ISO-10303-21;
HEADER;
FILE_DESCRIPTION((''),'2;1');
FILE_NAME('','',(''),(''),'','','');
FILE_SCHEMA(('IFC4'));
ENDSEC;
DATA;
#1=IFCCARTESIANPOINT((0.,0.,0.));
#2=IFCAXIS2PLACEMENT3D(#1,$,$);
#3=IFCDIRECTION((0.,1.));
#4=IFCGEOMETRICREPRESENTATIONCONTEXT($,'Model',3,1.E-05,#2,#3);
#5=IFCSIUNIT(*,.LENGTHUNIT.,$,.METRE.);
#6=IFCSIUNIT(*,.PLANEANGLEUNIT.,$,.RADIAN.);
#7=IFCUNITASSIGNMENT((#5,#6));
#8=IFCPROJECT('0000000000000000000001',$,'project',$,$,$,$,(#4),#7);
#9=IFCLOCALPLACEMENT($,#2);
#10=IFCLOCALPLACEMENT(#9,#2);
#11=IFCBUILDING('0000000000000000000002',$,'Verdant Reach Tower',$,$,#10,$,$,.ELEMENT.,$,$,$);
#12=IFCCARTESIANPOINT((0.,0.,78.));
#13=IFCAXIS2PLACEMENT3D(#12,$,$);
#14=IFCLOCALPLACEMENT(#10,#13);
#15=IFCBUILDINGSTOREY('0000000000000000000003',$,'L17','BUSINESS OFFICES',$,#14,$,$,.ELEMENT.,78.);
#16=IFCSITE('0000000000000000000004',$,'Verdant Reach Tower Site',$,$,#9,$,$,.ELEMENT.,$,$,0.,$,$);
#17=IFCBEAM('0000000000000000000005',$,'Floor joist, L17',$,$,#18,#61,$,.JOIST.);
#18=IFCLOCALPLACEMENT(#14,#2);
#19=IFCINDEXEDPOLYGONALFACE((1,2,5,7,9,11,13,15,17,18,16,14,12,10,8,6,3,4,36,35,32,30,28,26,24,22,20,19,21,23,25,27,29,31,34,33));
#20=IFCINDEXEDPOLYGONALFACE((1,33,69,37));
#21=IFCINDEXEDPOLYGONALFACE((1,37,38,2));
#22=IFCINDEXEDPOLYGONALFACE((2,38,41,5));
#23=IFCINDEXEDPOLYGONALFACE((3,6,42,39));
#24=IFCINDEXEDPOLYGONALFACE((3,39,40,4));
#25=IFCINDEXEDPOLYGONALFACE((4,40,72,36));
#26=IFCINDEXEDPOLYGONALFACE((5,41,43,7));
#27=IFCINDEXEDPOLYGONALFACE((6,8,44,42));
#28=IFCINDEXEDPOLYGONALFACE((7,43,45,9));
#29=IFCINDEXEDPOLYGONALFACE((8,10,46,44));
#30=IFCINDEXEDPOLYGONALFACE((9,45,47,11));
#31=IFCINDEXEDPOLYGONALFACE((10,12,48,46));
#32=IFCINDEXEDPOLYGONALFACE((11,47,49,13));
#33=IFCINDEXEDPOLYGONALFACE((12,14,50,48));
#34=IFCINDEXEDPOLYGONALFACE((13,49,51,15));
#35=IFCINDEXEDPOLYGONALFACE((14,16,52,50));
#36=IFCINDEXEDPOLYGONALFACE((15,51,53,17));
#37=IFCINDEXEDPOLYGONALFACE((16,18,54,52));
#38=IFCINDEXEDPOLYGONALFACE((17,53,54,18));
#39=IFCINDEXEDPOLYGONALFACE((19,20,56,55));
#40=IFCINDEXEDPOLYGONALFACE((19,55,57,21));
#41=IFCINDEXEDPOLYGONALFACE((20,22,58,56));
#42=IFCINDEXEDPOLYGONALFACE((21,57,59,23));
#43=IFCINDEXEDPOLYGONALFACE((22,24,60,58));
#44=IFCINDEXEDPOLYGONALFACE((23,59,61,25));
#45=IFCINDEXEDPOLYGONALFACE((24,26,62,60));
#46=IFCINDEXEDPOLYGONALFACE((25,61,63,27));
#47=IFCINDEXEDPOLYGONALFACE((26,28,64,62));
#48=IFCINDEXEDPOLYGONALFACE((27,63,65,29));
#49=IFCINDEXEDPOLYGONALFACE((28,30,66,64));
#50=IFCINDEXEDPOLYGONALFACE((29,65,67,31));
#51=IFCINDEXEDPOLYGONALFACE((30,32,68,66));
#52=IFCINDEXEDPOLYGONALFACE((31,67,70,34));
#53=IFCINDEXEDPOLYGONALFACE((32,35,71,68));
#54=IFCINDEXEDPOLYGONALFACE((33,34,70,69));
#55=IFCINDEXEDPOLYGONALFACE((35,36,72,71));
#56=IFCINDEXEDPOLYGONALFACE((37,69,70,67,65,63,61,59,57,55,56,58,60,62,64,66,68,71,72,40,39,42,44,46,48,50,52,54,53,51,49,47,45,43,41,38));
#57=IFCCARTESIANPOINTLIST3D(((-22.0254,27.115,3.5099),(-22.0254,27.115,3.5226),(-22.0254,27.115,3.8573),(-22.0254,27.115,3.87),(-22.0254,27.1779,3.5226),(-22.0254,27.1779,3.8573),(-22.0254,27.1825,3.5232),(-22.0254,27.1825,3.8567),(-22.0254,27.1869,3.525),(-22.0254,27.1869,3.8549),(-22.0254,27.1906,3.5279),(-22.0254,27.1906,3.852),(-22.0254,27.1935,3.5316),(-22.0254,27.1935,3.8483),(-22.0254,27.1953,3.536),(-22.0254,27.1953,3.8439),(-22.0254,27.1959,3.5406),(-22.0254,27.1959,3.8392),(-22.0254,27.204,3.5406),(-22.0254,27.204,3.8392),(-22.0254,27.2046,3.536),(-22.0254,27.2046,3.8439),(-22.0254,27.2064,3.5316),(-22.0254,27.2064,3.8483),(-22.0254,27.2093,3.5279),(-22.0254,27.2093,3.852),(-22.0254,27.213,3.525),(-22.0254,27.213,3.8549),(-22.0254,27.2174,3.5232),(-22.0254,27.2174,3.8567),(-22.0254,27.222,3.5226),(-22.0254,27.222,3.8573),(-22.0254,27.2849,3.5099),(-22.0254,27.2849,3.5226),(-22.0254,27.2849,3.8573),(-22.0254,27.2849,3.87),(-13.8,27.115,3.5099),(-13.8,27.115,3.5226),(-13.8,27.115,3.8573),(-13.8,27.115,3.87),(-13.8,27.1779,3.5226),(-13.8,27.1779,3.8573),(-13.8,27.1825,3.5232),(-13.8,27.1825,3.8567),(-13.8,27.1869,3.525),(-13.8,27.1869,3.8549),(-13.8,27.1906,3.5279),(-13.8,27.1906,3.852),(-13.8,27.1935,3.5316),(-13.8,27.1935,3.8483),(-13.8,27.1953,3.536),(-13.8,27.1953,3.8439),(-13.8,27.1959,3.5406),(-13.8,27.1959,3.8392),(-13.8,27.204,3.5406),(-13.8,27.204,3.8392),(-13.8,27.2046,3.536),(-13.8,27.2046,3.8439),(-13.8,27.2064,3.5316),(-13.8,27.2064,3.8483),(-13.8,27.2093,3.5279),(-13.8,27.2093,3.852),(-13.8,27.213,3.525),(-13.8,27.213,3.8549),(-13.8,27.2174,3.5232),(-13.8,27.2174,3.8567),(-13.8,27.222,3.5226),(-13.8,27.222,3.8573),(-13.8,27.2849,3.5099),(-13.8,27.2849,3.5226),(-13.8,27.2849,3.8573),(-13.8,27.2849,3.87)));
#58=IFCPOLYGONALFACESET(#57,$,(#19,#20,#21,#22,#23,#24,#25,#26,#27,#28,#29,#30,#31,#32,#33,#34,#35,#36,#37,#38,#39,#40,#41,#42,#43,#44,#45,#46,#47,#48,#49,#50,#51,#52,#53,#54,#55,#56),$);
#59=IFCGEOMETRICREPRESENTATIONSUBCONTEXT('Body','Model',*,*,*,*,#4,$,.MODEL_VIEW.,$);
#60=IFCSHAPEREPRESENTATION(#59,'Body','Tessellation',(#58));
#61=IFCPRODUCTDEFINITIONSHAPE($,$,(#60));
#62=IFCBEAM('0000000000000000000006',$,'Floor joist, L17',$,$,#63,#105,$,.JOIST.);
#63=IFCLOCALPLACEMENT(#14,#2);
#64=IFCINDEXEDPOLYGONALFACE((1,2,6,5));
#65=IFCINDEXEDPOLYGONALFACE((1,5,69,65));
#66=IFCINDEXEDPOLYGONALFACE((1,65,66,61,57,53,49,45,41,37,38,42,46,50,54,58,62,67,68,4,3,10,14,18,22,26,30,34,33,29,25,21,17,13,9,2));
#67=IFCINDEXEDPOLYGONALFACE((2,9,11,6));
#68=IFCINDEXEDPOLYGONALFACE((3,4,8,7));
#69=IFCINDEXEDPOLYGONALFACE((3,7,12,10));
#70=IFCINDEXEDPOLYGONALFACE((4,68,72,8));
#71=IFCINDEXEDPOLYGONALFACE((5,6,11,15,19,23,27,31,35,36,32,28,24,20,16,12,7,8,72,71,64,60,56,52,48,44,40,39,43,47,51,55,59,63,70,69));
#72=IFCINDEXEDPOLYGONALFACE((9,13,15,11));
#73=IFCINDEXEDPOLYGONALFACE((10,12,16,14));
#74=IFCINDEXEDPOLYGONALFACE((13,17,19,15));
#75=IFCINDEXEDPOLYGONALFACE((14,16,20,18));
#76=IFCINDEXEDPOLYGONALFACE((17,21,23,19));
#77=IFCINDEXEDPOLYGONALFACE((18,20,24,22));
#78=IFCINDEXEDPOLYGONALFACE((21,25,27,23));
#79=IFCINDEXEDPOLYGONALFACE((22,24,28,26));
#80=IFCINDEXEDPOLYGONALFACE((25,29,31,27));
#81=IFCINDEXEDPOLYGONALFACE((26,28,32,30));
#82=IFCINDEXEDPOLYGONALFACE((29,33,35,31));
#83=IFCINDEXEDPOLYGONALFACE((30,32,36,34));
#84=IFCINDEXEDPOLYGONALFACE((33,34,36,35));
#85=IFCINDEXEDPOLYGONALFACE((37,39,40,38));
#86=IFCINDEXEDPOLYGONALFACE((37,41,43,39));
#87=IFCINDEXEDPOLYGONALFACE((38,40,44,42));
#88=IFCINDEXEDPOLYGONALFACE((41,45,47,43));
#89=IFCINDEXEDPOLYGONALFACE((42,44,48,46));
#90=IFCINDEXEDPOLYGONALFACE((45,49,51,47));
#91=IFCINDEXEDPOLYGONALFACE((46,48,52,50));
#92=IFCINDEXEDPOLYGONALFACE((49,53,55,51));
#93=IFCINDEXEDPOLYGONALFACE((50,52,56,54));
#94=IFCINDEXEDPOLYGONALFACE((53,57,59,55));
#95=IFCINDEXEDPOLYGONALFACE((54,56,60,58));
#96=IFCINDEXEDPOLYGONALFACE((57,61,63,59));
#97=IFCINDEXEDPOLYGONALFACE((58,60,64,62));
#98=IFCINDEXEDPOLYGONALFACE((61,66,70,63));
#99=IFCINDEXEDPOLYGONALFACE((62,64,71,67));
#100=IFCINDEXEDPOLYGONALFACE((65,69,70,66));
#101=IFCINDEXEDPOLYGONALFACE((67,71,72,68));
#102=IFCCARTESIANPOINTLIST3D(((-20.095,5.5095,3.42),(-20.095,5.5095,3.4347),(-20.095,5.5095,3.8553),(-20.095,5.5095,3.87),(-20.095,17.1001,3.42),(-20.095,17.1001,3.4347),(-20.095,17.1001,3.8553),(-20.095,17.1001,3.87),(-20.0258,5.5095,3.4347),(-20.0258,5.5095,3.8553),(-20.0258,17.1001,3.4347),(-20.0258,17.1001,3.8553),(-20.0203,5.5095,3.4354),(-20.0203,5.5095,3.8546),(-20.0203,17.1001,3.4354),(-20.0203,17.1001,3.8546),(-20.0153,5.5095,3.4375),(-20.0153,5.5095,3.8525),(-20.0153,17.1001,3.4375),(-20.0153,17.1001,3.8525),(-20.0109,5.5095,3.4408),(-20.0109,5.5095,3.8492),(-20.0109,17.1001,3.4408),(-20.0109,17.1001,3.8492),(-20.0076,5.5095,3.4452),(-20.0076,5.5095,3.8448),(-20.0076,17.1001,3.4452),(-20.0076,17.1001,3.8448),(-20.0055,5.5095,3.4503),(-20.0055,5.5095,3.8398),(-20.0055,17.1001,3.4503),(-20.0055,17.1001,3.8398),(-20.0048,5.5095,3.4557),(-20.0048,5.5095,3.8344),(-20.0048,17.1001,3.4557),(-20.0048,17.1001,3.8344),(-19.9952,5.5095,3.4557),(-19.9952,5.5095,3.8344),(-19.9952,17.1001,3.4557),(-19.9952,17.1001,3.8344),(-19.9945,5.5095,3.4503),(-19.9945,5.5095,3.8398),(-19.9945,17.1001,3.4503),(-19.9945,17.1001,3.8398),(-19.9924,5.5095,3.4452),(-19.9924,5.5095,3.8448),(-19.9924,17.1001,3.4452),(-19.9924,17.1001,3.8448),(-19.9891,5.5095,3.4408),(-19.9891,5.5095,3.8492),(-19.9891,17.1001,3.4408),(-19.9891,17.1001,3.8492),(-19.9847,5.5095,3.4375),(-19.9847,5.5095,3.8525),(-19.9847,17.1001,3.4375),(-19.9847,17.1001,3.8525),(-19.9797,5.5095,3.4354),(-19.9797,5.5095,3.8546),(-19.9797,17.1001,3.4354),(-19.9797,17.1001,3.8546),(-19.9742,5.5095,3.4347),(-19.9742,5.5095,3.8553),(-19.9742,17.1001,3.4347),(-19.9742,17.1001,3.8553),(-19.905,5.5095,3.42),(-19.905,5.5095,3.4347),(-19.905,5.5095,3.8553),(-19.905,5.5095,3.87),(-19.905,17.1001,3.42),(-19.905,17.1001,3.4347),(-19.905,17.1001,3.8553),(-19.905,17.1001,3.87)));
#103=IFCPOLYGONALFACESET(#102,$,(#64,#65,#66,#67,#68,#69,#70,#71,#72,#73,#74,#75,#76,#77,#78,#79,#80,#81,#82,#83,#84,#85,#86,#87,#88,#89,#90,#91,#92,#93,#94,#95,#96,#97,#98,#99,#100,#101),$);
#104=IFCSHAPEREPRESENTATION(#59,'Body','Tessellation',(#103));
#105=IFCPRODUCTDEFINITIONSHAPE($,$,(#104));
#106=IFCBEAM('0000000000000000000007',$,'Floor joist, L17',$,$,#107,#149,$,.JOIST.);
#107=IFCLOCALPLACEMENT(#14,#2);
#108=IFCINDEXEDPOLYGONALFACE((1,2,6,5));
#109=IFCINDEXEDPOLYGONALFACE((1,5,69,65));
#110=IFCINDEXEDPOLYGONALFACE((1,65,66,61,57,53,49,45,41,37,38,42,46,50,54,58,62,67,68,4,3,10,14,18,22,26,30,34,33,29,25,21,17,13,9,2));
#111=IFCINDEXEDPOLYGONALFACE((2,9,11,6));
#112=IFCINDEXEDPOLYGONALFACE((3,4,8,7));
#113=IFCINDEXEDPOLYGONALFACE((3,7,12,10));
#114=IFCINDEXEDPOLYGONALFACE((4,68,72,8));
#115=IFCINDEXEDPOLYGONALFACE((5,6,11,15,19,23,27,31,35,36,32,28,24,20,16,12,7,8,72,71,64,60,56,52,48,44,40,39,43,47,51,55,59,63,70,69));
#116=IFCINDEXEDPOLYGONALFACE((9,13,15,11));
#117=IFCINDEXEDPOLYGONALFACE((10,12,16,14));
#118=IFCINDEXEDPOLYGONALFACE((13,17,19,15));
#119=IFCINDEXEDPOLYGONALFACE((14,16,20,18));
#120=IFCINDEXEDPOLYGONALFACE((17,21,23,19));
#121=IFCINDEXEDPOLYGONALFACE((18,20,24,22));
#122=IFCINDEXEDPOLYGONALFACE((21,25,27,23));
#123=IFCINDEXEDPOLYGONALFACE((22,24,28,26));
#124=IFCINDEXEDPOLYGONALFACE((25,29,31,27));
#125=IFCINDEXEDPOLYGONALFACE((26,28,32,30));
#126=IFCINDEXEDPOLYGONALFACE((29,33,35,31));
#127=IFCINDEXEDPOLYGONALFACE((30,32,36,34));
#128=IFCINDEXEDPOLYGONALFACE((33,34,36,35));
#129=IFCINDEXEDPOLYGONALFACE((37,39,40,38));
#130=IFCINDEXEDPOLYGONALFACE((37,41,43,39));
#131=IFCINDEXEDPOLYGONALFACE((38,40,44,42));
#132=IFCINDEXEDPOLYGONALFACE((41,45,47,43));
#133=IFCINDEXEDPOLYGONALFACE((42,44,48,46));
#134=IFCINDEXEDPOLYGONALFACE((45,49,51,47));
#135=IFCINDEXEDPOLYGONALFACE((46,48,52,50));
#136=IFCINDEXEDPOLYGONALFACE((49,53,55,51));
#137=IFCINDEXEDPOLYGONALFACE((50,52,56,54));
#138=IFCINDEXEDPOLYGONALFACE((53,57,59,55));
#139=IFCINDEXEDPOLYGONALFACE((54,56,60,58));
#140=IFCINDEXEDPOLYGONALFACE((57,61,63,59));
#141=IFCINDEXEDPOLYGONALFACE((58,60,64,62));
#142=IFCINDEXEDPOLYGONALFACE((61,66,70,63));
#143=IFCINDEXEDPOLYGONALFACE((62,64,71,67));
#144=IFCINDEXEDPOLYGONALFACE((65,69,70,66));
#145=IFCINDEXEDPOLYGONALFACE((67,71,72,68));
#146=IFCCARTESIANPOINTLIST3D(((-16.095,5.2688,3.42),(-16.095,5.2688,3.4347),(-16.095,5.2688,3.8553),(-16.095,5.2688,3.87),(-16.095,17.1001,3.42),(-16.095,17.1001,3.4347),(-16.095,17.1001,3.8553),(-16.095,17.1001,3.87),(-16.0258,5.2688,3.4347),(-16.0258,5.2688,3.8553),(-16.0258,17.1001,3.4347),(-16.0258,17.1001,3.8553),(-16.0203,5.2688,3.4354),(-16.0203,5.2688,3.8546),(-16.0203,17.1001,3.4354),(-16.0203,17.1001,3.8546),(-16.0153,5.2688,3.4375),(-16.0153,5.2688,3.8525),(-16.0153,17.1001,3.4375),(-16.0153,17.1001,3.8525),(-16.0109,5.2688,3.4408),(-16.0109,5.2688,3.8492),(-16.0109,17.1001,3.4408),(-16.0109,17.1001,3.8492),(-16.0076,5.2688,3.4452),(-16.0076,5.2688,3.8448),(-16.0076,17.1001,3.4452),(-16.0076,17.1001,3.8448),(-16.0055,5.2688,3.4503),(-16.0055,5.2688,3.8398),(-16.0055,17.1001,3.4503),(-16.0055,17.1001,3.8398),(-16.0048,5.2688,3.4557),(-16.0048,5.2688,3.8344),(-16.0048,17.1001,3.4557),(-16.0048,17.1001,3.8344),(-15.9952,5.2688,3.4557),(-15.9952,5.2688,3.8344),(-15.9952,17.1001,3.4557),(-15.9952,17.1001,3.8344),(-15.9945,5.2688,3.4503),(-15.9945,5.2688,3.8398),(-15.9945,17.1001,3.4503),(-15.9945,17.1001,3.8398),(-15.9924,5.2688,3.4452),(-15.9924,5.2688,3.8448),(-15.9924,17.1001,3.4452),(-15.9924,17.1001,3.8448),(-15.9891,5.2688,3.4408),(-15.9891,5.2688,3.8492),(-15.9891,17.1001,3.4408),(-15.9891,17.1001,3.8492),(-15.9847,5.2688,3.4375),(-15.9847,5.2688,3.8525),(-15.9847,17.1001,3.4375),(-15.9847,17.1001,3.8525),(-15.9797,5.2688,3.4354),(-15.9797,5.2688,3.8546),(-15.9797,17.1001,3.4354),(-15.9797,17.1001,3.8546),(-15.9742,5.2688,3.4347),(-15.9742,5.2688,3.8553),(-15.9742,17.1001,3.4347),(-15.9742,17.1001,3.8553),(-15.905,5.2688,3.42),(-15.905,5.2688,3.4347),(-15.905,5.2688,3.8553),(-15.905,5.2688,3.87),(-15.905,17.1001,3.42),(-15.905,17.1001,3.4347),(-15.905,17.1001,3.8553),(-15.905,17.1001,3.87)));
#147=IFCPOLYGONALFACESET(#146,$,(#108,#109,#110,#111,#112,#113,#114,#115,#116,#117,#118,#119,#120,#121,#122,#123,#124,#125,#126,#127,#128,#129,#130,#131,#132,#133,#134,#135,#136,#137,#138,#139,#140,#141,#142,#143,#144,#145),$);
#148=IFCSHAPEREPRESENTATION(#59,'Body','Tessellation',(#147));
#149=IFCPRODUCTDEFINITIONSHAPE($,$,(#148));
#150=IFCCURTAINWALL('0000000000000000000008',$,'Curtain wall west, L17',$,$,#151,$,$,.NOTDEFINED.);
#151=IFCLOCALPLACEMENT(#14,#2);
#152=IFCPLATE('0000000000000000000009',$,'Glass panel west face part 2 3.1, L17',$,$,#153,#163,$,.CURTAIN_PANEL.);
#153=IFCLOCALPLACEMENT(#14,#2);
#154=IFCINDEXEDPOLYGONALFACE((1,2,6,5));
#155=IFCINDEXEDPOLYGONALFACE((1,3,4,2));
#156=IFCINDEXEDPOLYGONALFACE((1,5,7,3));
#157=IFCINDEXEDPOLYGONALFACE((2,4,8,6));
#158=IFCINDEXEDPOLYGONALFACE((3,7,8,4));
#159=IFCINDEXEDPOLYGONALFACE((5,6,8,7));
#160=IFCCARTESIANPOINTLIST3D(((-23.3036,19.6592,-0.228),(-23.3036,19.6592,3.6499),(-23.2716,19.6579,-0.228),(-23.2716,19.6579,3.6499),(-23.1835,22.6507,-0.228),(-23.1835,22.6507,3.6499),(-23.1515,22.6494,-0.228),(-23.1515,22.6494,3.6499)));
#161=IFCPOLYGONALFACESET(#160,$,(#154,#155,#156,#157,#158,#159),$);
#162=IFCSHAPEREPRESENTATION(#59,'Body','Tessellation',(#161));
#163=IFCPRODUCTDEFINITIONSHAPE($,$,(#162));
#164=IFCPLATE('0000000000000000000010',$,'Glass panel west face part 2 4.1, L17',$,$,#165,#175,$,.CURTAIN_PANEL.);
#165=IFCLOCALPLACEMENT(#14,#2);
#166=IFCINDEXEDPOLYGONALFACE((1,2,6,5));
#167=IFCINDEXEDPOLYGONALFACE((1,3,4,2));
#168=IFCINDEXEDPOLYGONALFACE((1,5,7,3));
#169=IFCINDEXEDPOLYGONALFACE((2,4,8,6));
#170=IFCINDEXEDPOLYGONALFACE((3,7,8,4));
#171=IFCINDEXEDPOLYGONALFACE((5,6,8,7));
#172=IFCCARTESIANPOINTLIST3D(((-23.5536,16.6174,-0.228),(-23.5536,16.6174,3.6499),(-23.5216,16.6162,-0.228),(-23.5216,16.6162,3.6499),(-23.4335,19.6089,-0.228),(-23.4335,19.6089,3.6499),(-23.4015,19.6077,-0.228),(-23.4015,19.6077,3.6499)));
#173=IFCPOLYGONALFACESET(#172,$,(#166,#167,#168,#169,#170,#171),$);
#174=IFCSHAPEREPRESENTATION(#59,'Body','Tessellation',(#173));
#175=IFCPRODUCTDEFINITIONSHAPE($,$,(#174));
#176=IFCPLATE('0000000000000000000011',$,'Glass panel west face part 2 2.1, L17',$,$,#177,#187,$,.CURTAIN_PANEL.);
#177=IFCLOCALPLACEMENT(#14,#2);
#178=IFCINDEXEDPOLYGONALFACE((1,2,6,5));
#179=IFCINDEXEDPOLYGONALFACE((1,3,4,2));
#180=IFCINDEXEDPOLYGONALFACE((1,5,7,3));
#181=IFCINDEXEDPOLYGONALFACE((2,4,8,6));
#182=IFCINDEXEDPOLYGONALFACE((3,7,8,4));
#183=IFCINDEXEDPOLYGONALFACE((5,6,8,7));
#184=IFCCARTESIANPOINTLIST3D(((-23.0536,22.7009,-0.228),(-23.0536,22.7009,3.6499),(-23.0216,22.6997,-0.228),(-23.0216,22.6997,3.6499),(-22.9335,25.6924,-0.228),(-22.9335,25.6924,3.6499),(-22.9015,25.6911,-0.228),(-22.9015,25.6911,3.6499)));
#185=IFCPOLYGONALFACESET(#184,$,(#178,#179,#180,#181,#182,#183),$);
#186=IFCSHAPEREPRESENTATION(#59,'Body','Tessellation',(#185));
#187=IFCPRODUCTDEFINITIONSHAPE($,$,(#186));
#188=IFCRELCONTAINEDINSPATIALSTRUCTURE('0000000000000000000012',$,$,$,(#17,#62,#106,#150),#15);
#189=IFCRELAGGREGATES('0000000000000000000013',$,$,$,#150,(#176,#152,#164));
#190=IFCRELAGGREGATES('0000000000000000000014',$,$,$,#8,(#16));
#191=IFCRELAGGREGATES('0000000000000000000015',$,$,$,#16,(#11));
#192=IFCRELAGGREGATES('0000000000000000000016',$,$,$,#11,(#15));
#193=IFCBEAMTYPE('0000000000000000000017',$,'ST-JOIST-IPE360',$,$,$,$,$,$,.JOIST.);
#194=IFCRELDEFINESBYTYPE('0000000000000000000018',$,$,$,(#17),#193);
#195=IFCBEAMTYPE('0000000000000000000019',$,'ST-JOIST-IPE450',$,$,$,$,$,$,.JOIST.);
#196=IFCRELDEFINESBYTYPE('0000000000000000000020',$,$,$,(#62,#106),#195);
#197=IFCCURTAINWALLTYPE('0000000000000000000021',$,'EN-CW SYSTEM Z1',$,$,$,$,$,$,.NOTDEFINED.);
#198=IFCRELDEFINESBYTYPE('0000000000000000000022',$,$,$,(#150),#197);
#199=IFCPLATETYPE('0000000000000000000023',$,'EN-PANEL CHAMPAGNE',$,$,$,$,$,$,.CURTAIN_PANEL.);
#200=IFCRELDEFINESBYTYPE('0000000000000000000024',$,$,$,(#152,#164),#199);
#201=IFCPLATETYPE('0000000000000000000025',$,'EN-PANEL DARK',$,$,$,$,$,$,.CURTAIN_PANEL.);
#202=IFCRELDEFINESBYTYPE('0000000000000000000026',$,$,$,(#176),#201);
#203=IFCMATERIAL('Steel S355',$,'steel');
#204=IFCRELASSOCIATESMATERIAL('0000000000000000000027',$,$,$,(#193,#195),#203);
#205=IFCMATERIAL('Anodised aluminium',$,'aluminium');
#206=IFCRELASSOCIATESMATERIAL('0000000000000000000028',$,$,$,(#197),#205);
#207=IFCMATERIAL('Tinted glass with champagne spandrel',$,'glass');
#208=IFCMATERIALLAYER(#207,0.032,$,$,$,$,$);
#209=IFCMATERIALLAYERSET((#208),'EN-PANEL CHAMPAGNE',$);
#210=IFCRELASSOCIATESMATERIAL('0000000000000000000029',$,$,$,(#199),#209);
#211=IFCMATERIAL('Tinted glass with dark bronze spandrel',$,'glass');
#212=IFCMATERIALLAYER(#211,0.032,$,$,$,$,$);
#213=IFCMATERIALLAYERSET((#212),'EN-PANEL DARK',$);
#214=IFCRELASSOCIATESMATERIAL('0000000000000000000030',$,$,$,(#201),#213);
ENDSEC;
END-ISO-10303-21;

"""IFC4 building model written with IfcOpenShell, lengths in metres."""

from ifc_helpers import new_model, si_unit, direction, frame, origin, origin_2d, place, context, subcontext, project, spatial, rectangle, i_section, extrude, material, layer, layer_set, material_profile, profile_set, type_object, element, aggregate, save


model = new_model("IFC4")

# Units and contexts
model_context = context("Model", 3, precision=1e-05, world=origin(), true_north=direction((0.0, 1.0)))
body_context = subcontext(model_context, "Body", "Model", "MODEL_VIEW")
ifc_project = project(units=[si_unit("LENGTHUNIT", "METRE"), si_unit("PLANEANGLEUNIT", "RADIAN")], contexts=[model_context])

# Site, building, storey
site_placement = place(None, origin())
site = spatial("IfcSite", under=ifc_project, at=site_placement, Name="Verdant Reach Tower Site", CompositionType="ELEMENT", RefElevation=0.0)
building_placement = place(site_placement, origin())
building = spatial("IfcBuilding", under=site, at=building_placement, Name="Verdant Reach Tower", CompositionType="ELEMENT")
storey_placement = place(building_placement, frame((0.0, 0.0, 78.0)))
storey = spatial("IfcBuildingStorey", under=building, at=storey_placement, Name="L17", Description="BUSINESS OFFICES", CompositionType="ELEMENT", Elevation=78.0)

# Beams
ifc_material_1 = material(Name="Steel S355", Category="steel")
ifc_material_profile_1 = material_profile(ifc_material_1, i_section(OverallWidth=0.1699, OverallDepth=0.3601, WebThickness=0.0081, FlangeThickness=0.0127, FilletRadius=0.0181, at=origin_2d()), Name="IPE 360")
ifc_profile_set_1 = profile_set([ifc_material_profile_1], Name="Steel S355")
beam_type_1 = type_object("IfcBeamType", Name="ST-JOIST-IPE360", PredefinedType="JOIST", material=ifc_profile_set_1)
beam_1_placement = place(storey_placement, frame((-13.8, 27.2, 3.6899), z_axis=(-1.0, 0.0, 0.0), x_axis=(0.0, -1.0, 0.0)))
element("IfcBeam", 1, at=beam_1_placement, inside=storey, type_object=beam_type_1, Name="Floor joist, L17", PredefinedType="JOIST", context=body_context, shape_type="SweptSolid", body=[
    extrude(i_section(OverallWidth=0.1699, OverallDepth=0.3601, WebThickness=0.0081, FlangeThickness=0.0127, FilletRadius=0.0181, at=origin_2d()), origin(), (0.0, 0.0, 1.0), 8.2253),
])
ifc_material_profile_2 = material_profile(ifc_material_1, i_section(OverallWidth=0.1899, OverallDepth=0.45, WebThickness=0.0095, FlangeThickness=0.0146, FilletRadius=0.021, at=origin_2d()), Name="IPE 450")
ifc_profile_set_2 = profile_set([ifc_material_profile_2], Name="Steel S355")
beam_type_2 = type_object("IfcBeamType", Name="ST-JOIST-IPE450", PredefinedType="JOIST", material=ifc_profile_set_2)
beam_2_placement = place(storey_placement, frame((-20.0, 17.1001, 3.645), z_axis=(0.0, -1.0, 0.0), x_axis=(1.0, 0.0, 0.0)))
element("IfcBeam", 2, at=beam_2_placement, inside=storey, type_object=beam_type_2, Name="Floor joist, L17", PredefinedType="JOIST", context=body_context, shape_type="SweptSolid", body=[
    extrude(i_section(OverallWidth=0.1899, OverallDepth=0.45, WebThickness=0.0095, FlangeThickness=0.0146, FilletRadius=0.021, at=origin_2d()), origin(), (0.0, 0.0, 1.0), 11.5906),
])
beam_3_placement = place(storey_placement, frame((-16.0, 17.1001, 3.645), z_axis=(0.0, -1.0, 0.0), x_axis=(1.0, 0.0, 0.0)))
element("IfcBeam", 3, at=beam_3_placement, inside=storey, type_object=beam_type_2, Name="Floor joist, L17", PredefinedType="JOIST", context=body_context, shape_type="SweptSolid", body=[
    extrude(i_section(OverallWidth=0.1899, OverallDepth=0.45, WebThickness=0.0095, FlangeThickness=0.0146, FilletRadius=0.021, at=origin_2d()), origin(), (0.0, 0.0, 1.0), 11.8313),
])

# Curtain wall, plates
ifc_material_2 = material(Name="Anodised aluminium", Category="aluminium")
curtain_wall_type = type_object("IfcCurtainWallType", Name="EN-CW SYSTEM Z1", PredefinedType="NOTDEFINED", material=ifc_material_2)
curtain_wall_placement = place(storey_placement, origin())
curtain_wall = element("IfcCurtainWall", 4, at=curtain_wall_placement, inside=storey, type_object=curtain_wall_type, Name="Curtain wall west, L17", PredefinedType="NOTDEFINED")
ifc_material_3 = material(Name="Tinted glass with champagne spandrel", Category="glass")
ifc_layer_1 = layer(ifc_material_3, 0.032)
ifc_layer_set_1 = layer_set([ifc_layer_1], Name="EN-PANEL CHAMPAGNE")
plate_type_1 = type_object("IfcPlateType", Name="EN-PANEL CHAMPAGNE", PredefinedType="CURTAIN_PANEL", material=ifc_layer_set_1)
plate_1_placement = place(storey_placement, frame((-23.2275, 21.1543, -0.228), z_axis=(0.0, 0.0, 1.0), x_axis=(-0.040109, -0.999195, 0.0)))
plate_1 = element("IfcPlate", 5, at=plate_1_placement, type_object=plate_type_1, Name="Glass panel west face part 2 3.1, L17", PredefinedType="CURTAIN_PANEL", context=body_context, shape_type="SweptSolid", body=[
    extrude(rectangle(XDim=2.9939, YDim=0.032, at=origin_2d()), origin(), (0.0, 0.0, 1.0), 3.8779),
])
plate_2_placement = place(storey_placement, frame((-23.4775, 18.1125, -0.228), z_axis=(0.0, 0.0, 1.0), x_axis=(-0.040109, -0.999195, 0.0)))
plate_2 = element("IfcPlate", 6, at=plate_2_placement, type_object=plate_type_1, Name="Glass panel west face part 2 4.1, L17", PredefinedType="CURTAIN_PANEL", context=body_context, shape_type="SweptSolid", body=[
    extrude(rectangle(XDim=2.9939, YDim=0.032, at=origin_2d()), origin(), (0.0, 0.0, 1.0), 3.8779),
])
ifc_material_4 = material(Name="Tinted glass with dark bronze spandrel", Category="glass")
ifc_layer_2 = layer(ifc_material_4, 0.032)
ifc_layer_set_2 = layer_set([ifc_layer_2], Name="EN-PANEL DARK")
plate_type_2 = type_object("IfcPlateType", Name="EN-PANEL DARK", PredefinedType="CURTAIN_PANEL", material=ifc_layer_set_2)
plate_3_placement = place(storey_placement, frame((-22.9775, 24.196, -0.228), z_axis=(0.0, 0.0, 1.0), x_axis=(-0.040109, -0.999195, 0.0)))
plate_3 = element("IfcPlate", 7, at=plate_3_placement, type_object=plate_type_2, Name="Glass panel west face part 2 2.1, L17", PredefinedType="CURTAIN_PANEL", context=body_context, shape_type="SweptSolid", body=[
    extrude(rectangle(XDim=2.9939, YDim=0.032, at=origin_2d()), origin(), (0.0, 0.0, 1.0), 3.8779),
])
aggregate(curtain_wall, [plate_3, plate_1, plate_2])

save(model, "model.ifc")
